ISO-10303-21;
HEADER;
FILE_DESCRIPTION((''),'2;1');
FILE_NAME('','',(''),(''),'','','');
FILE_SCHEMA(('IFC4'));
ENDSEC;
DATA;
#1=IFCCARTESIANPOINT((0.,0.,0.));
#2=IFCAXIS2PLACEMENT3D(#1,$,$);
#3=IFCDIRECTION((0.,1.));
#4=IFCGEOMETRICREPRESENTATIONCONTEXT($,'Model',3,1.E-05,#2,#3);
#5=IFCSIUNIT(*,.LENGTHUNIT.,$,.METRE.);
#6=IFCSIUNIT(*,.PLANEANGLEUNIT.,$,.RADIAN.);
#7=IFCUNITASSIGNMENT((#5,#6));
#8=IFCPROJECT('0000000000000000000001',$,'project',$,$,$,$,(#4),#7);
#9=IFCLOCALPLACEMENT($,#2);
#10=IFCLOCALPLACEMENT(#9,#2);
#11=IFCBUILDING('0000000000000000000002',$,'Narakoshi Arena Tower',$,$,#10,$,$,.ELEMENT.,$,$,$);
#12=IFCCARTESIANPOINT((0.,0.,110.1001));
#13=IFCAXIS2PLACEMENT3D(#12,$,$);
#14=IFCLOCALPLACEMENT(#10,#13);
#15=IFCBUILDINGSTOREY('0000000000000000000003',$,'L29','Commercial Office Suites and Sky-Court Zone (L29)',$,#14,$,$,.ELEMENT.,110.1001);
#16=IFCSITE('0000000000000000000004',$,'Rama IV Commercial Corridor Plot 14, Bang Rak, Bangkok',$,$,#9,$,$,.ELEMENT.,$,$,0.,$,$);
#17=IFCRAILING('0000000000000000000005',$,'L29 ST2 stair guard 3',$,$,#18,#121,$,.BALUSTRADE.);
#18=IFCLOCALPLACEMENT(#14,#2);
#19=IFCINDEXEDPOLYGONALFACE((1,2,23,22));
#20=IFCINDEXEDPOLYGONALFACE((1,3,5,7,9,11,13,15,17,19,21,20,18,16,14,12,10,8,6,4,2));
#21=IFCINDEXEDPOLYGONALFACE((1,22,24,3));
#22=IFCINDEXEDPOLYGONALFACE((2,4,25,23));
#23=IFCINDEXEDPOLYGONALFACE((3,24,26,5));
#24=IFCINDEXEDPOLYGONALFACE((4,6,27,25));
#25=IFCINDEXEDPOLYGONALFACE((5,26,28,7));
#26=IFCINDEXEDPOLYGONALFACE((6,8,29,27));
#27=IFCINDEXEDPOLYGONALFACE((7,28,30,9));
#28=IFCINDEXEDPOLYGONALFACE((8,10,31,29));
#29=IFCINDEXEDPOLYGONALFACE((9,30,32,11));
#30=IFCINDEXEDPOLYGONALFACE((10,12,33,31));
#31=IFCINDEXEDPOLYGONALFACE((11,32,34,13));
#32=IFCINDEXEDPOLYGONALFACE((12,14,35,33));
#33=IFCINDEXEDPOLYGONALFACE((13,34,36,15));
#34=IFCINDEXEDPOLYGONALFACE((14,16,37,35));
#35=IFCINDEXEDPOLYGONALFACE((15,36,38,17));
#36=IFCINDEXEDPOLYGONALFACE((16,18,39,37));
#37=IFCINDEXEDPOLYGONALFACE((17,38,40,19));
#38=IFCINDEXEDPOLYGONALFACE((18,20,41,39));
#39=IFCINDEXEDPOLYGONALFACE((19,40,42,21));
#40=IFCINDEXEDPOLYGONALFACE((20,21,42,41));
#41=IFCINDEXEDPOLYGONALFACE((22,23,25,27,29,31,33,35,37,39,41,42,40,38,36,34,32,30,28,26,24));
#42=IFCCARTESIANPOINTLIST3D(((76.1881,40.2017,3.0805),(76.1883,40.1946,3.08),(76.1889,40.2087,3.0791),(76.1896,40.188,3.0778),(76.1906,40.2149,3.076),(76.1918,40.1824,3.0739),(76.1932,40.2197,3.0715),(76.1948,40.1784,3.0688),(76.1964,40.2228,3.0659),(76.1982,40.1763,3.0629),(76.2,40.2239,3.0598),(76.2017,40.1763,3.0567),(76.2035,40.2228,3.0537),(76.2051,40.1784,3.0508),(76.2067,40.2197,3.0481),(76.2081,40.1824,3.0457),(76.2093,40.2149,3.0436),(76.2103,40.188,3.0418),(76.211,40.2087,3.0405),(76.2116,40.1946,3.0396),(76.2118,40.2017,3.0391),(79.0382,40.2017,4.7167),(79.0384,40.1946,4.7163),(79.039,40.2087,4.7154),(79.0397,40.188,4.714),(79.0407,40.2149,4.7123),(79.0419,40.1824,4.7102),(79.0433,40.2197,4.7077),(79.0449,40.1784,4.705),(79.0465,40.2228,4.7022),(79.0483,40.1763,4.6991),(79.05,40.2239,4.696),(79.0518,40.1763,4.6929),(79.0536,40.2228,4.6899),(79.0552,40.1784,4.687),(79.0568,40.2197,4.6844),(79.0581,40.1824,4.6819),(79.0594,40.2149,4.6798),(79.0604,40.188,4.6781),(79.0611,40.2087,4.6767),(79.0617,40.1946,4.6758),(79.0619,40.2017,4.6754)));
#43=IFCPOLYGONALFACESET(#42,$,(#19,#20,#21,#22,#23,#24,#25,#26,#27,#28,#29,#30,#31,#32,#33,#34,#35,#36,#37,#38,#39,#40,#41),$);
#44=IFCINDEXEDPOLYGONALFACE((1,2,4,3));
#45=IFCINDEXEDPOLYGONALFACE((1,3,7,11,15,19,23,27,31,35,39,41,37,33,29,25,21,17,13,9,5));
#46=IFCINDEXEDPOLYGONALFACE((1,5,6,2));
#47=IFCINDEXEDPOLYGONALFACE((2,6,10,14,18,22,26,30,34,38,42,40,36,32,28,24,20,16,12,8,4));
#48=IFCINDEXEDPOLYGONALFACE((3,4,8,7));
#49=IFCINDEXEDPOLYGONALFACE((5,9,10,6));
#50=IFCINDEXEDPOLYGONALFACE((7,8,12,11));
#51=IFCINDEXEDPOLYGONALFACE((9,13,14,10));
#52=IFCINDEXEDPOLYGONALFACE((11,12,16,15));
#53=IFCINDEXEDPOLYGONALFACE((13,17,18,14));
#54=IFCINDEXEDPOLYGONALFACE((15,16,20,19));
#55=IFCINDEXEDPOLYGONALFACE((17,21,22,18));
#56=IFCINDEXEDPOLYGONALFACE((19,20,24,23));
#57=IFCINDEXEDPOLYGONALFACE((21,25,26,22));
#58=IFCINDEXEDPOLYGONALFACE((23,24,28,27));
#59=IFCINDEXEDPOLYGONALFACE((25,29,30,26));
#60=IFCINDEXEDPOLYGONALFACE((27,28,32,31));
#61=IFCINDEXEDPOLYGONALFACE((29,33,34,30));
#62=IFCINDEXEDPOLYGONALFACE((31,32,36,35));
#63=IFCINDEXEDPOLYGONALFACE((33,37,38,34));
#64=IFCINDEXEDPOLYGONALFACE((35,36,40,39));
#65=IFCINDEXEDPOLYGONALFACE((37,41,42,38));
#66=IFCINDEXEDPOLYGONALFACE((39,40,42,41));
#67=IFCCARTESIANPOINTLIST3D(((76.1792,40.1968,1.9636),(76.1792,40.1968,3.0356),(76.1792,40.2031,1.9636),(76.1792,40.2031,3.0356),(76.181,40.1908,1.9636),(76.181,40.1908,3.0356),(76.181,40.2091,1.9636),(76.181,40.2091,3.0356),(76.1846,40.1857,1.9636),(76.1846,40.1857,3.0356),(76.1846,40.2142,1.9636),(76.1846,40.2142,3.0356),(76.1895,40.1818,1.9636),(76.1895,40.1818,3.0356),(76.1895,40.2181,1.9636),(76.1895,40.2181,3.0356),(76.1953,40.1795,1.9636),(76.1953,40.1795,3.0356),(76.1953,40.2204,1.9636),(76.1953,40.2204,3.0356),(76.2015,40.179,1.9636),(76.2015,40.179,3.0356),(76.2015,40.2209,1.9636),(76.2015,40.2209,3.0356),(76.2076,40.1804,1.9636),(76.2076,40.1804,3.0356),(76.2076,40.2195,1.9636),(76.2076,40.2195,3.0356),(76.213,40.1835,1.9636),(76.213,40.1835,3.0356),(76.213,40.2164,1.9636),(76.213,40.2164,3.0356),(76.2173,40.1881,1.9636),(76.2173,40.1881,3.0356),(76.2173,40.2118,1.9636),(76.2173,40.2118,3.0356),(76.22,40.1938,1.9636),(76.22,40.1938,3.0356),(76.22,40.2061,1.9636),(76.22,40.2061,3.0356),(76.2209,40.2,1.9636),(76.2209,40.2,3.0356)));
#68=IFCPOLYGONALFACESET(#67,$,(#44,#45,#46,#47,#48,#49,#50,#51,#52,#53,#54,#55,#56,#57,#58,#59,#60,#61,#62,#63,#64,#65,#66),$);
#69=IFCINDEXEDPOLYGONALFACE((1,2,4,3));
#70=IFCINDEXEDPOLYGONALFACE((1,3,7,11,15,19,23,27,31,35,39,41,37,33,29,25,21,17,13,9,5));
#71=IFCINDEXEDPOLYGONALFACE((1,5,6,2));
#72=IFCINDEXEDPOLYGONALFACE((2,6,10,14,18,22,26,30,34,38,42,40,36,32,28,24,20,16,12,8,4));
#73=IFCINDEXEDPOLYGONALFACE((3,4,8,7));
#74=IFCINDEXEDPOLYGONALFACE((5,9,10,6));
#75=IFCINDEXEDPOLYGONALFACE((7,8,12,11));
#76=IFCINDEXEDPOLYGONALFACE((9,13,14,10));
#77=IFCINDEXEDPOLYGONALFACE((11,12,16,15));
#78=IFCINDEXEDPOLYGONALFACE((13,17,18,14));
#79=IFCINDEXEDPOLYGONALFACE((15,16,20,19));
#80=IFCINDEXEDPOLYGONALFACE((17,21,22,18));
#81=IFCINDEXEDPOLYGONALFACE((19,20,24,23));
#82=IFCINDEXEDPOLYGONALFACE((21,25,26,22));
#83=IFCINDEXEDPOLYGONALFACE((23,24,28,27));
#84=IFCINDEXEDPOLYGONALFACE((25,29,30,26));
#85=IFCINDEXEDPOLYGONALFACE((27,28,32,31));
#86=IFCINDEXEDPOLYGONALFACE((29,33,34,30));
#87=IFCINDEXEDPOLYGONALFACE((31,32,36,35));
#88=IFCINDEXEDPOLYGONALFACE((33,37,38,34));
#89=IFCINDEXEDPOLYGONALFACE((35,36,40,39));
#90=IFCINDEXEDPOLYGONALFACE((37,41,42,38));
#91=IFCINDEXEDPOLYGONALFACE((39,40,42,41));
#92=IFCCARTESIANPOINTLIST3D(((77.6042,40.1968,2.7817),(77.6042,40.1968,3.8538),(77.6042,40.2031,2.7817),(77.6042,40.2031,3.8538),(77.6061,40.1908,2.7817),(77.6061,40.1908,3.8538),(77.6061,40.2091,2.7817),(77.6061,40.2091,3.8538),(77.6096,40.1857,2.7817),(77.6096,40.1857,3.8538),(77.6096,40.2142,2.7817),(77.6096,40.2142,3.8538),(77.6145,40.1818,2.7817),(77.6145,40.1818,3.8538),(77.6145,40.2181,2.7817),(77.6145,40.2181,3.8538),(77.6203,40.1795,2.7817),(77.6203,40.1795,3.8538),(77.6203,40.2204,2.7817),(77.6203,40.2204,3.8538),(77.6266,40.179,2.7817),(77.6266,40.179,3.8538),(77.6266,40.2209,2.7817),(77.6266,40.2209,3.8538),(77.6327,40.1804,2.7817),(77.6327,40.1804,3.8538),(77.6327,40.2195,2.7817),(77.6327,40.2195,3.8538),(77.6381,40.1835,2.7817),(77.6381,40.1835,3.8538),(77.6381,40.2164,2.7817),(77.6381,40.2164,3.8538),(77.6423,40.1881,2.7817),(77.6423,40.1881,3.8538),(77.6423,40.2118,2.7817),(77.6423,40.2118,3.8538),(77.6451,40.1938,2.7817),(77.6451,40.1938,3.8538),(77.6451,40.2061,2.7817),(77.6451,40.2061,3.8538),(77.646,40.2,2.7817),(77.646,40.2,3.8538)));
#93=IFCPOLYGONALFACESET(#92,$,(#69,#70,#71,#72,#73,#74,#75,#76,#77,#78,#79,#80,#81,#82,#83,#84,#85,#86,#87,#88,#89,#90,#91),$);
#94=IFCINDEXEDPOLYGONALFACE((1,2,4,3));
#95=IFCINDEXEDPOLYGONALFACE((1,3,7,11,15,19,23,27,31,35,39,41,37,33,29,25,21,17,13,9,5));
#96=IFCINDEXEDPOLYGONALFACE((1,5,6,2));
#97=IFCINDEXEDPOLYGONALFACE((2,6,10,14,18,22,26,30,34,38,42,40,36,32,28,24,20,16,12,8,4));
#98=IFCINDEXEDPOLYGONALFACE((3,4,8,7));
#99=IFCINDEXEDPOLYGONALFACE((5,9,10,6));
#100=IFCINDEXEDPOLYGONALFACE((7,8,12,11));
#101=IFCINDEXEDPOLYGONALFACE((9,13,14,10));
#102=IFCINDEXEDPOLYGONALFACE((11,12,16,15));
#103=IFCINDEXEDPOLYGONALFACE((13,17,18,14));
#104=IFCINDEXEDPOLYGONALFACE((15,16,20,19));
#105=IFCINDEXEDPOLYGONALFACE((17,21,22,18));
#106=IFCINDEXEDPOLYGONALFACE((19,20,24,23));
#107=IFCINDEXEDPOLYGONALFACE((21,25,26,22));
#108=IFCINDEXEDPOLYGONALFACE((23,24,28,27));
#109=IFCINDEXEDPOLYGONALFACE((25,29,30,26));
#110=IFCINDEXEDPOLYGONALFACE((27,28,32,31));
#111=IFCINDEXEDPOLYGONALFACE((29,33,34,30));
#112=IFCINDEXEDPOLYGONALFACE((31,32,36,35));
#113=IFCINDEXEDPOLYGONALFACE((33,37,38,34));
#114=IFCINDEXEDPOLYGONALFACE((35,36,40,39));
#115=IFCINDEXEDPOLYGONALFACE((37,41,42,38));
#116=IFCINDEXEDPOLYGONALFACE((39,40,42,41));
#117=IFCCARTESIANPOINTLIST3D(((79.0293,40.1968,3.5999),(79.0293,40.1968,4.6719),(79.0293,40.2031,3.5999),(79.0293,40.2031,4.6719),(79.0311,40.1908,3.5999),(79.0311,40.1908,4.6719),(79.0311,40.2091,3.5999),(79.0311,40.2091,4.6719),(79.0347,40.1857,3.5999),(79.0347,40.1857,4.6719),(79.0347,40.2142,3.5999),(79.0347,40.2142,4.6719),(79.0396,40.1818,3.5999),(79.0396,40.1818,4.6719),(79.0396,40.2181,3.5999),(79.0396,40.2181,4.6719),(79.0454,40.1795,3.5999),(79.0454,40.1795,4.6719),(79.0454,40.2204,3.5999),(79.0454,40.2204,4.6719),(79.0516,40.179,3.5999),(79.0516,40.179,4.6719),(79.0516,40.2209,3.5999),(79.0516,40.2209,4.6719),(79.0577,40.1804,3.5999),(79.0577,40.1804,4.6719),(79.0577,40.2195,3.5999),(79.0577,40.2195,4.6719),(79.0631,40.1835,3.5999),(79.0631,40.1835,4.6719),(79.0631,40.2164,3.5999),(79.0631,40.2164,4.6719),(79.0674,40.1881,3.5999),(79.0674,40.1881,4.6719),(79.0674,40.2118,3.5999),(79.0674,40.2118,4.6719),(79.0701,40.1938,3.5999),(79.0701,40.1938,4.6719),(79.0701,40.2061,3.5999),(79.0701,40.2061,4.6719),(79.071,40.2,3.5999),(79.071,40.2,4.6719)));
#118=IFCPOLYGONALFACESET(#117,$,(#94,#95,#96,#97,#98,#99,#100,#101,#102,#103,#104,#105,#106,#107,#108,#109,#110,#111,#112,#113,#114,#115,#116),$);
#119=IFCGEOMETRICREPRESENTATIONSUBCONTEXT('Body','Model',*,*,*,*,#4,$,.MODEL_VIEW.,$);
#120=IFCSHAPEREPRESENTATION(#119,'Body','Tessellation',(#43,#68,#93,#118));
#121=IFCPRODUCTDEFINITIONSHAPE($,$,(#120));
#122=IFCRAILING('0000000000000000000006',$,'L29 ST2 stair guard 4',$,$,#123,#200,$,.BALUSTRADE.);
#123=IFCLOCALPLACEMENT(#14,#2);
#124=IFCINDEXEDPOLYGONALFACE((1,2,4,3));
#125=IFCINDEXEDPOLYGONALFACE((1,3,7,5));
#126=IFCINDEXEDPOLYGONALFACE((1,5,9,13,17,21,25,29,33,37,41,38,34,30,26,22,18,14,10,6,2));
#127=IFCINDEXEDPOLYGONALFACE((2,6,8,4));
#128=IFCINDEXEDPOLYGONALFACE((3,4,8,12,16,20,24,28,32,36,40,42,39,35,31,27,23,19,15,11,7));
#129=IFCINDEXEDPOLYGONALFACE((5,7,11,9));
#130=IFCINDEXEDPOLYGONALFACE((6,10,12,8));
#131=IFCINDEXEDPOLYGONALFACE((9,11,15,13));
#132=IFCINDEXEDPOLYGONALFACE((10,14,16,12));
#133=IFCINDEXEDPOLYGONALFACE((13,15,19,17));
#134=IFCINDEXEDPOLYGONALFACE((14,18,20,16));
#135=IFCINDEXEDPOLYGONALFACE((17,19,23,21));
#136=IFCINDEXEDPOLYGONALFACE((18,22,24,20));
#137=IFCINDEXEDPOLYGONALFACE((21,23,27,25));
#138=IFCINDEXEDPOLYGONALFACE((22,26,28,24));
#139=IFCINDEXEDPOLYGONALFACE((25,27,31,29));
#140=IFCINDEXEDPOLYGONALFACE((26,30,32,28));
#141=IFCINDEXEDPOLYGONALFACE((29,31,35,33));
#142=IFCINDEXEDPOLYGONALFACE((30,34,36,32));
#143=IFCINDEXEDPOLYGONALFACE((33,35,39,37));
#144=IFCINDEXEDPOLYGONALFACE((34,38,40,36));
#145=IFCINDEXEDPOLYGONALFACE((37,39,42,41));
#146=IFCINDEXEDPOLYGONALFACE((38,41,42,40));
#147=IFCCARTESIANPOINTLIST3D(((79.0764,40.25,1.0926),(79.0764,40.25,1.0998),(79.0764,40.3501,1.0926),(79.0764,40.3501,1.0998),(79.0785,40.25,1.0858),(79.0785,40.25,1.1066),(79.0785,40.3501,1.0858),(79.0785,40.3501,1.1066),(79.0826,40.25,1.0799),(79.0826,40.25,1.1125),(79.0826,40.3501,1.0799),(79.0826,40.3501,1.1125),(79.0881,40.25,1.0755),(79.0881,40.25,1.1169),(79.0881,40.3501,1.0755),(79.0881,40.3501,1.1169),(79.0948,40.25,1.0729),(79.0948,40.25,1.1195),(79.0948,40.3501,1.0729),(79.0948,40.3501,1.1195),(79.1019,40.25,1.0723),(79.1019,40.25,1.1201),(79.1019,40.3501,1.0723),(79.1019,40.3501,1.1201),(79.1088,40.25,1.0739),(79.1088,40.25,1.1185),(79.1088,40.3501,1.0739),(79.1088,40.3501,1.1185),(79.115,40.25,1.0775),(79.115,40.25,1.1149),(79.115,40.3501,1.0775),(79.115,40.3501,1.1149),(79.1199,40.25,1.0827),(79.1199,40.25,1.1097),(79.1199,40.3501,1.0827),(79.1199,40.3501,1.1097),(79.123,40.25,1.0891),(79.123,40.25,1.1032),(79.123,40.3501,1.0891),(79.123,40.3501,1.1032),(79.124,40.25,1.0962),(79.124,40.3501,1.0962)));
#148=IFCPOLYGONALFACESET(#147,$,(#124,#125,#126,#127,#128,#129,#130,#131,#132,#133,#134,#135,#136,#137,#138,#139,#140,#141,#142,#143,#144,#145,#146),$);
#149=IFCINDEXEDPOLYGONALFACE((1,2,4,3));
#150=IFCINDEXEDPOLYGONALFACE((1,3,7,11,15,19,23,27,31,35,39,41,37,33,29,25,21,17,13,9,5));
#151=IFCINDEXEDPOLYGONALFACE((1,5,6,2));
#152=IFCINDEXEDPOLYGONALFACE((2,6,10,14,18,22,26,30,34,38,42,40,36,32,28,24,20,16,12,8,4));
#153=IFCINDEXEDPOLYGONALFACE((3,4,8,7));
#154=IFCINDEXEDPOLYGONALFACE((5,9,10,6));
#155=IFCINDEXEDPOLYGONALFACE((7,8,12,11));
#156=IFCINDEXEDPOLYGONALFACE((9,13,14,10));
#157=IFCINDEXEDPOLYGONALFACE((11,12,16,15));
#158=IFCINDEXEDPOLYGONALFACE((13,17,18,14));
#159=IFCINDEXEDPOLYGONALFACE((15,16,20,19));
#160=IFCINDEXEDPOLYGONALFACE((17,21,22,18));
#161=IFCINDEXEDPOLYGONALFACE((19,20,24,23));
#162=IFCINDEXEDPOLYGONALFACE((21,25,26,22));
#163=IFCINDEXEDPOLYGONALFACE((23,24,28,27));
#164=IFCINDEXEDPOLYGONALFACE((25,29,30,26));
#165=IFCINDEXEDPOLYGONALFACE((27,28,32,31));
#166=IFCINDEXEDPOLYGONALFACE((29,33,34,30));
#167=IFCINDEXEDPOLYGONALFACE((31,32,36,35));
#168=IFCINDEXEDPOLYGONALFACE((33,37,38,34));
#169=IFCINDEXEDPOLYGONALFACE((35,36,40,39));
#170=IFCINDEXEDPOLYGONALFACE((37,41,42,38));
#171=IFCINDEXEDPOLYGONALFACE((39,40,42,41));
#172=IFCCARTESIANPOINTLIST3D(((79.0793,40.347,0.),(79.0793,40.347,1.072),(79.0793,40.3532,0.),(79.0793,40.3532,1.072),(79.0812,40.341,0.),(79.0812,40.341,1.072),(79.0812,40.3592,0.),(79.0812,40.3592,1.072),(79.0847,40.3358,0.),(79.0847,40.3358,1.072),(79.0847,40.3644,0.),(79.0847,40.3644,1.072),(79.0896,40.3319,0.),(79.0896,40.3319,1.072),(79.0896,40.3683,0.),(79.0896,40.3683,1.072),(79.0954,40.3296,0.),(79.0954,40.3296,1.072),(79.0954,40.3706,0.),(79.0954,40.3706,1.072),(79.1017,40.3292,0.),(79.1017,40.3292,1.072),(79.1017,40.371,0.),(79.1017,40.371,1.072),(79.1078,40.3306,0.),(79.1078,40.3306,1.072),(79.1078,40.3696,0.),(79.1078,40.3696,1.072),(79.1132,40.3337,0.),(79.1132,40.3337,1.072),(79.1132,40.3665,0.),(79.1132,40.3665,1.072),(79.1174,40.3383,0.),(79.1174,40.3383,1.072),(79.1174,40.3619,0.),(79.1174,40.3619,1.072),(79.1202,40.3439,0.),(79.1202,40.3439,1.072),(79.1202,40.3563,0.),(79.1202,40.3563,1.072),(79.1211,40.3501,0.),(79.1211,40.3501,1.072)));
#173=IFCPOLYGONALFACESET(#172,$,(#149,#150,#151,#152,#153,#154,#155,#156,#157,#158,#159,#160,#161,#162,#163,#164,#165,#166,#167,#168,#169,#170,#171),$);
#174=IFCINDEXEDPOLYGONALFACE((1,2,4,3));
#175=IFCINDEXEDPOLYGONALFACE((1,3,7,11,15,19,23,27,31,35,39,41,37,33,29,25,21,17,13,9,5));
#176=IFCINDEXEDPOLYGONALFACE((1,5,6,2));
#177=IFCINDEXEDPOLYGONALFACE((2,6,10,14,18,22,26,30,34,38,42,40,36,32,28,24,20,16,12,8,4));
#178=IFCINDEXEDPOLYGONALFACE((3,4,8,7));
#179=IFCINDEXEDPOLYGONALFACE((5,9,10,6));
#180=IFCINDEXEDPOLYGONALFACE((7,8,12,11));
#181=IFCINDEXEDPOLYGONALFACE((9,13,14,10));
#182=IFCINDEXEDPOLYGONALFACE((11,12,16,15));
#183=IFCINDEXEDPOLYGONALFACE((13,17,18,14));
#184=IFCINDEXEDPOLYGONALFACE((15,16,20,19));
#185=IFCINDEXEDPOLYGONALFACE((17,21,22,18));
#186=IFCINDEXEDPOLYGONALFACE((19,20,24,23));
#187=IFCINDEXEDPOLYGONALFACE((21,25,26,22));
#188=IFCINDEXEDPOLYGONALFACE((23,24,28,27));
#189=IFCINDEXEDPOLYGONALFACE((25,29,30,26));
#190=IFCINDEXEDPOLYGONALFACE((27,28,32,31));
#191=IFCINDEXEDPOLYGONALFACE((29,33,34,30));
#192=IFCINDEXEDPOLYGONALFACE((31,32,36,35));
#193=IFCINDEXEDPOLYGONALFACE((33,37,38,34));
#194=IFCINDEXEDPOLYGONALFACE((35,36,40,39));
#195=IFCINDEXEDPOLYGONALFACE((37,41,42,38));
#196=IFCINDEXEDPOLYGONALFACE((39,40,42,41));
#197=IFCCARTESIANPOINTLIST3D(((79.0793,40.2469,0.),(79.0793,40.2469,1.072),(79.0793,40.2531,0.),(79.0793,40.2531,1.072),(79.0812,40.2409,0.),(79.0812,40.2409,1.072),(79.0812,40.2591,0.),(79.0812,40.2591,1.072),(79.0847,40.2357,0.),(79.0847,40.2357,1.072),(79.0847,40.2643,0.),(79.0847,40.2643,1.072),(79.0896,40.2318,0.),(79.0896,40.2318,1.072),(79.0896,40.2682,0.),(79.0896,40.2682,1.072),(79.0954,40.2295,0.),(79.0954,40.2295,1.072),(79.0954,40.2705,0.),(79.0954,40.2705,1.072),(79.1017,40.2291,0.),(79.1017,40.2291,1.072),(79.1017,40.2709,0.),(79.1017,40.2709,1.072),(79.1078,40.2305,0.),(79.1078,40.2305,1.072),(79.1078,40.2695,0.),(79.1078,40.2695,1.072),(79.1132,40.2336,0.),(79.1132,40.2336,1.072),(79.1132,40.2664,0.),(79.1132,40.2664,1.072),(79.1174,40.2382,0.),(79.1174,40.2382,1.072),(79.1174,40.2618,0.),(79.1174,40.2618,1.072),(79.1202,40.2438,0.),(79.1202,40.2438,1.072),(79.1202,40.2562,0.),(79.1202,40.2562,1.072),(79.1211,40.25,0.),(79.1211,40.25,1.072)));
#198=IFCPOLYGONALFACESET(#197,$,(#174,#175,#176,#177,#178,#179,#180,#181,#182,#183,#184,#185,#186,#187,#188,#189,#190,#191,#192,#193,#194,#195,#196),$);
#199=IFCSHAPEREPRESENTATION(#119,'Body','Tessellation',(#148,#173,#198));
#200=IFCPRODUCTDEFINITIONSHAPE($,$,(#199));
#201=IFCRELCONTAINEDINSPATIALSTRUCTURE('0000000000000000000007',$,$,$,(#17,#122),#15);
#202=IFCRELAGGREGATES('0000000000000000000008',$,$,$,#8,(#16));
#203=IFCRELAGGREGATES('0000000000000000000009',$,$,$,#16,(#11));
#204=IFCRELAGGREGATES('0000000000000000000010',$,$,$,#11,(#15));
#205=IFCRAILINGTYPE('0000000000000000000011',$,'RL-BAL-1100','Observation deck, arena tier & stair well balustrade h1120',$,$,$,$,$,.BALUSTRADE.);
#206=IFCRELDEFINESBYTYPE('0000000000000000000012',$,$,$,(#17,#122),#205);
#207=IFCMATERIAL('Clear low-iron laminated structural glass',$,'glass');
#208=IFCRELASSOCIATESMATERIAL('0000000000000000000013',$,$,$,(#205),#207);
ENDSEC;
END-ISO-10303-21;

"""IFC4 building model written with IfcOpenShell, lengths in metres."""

from ifc_helpers import new_model, si_unit, direction, frame, origin, origin_2d, place, context, subcontext, project, spatial, circle, extrude, material, type_object, element, save


model = new_model("IFC4")

# Units and contexts
model_context = context("Model", 3, precision=1e-05, world=origin(), true_north=direction((0.0, 1.0)))
body_context = subcontext(model_context, "Body", "Model", "MODEL_VIEW")
ifc_project = project(units=[si_unit("LENGTHUNIT", "METRE"), si_unit("PLANEANGLEUNIT", "RADIAN")], contexts=[model_context])

# Site, building, storey
site_placement = place(None, origin())
site = spatial("IfcSite", under=ifc_project, at=site_placement, Name="Rama IV Commercial Corridor Plot 14, Bang Rak, Bangkok", CompositionType="ELEMENT", RefElevation=0.0)
building_placement = place(site_placement, origin())
building = spatial("IfcBuilding", under=site, at=building_placement, Name="Narakoshi Arena Tower", CompositionType="ELEMENT")
storey_placement = place(building_placement, frame((0.0, 0.0, 110.1001)))
storey = spatial("IfcBuildingStorey", under=building, at=storey_placement, Name="L29", Description="Commercial Office Suites and Sky-Court Zone (L29)", CompositionType="ELEMENT", Elevation=110.1001)

# Railings
ifc_material_1 = material(Name="Clear low-iron laminated structural glass", Category="glass")
railing_type_1 = type_object("IfcRailingType", Name="RL-BAL-1100", Description="Observation deck, arena tier & stair well balustrade h1120", PredefinedType="BALUSTRADE", material=ifc_material_1)
railing_1_placement = place(storey_placement, frame((76.2, 40.2, 1.9636)))
element("IfcRailing", 1, at=railing_1_placement, inside=storey, type_object=railing_type_1, Name="L29 ST2 stair guard 3", PredefinedType="BALUSTRADE", context=body_context, shape_type="SweptSolid", body=[
    extrude(circle(Radius=0.0239, at=origin_2d()), frame((0.0, 0.0, 1.0962), z_axis=(0.867245, 0.0, 0.497882), x_axis=(0.0, 1.0, 0.0)), (0.0, 0.0, 1.0), 3.2864),
    extrude(circle(Radius=0.021, at=origin_2d()), origin(), (0.0, 0.0, 1.0), 1.072),
    extrude(circle(Radius=0.021, at=origin_2d()), frame((1.425, 0.0, 0.8181)), (0.0, 0.0, 1.0), 1.072),
    extrude(circle(Radius=0.021, at=origin_2d()), frame((2.8501, 0.0, 1.6362)), (0.0, 0.0, 1.0), 1.072),
])
railing_2_placement = place(storey_placement, frame((79.1001, 40.3501, 0.0)))
element("IfcRailing", 2, at=railing_2_placement, inside=storey, type_object=railing_type_1, Name="L29 ST2 stair guard 4", PredefinedType="BALUSTRADE", context=body_context, shape_type="SweptSolid", body=[
    extrude(circle(Radius=0.0239, at=origin_2d()), frame((0.0, 0.0, 1.0962), z_axis=(0.0, -1.0, 0.0), x_axis=(1.0, 0.0, 0.0)), (0.0, 0.0, 1.0), 0.1001),
    extrude(circle(Radius=0.021, at=origin_2d()), origin(), (0.0, 0.0, 1.0), 1.072),
    extrude(circle(Radius=0.021, at=origin_2d()), frame((0.0, -0.1001, 0.0)), (0.0, 0.0, 1.0), 1.072),
])

save(model, "model.ifc")
